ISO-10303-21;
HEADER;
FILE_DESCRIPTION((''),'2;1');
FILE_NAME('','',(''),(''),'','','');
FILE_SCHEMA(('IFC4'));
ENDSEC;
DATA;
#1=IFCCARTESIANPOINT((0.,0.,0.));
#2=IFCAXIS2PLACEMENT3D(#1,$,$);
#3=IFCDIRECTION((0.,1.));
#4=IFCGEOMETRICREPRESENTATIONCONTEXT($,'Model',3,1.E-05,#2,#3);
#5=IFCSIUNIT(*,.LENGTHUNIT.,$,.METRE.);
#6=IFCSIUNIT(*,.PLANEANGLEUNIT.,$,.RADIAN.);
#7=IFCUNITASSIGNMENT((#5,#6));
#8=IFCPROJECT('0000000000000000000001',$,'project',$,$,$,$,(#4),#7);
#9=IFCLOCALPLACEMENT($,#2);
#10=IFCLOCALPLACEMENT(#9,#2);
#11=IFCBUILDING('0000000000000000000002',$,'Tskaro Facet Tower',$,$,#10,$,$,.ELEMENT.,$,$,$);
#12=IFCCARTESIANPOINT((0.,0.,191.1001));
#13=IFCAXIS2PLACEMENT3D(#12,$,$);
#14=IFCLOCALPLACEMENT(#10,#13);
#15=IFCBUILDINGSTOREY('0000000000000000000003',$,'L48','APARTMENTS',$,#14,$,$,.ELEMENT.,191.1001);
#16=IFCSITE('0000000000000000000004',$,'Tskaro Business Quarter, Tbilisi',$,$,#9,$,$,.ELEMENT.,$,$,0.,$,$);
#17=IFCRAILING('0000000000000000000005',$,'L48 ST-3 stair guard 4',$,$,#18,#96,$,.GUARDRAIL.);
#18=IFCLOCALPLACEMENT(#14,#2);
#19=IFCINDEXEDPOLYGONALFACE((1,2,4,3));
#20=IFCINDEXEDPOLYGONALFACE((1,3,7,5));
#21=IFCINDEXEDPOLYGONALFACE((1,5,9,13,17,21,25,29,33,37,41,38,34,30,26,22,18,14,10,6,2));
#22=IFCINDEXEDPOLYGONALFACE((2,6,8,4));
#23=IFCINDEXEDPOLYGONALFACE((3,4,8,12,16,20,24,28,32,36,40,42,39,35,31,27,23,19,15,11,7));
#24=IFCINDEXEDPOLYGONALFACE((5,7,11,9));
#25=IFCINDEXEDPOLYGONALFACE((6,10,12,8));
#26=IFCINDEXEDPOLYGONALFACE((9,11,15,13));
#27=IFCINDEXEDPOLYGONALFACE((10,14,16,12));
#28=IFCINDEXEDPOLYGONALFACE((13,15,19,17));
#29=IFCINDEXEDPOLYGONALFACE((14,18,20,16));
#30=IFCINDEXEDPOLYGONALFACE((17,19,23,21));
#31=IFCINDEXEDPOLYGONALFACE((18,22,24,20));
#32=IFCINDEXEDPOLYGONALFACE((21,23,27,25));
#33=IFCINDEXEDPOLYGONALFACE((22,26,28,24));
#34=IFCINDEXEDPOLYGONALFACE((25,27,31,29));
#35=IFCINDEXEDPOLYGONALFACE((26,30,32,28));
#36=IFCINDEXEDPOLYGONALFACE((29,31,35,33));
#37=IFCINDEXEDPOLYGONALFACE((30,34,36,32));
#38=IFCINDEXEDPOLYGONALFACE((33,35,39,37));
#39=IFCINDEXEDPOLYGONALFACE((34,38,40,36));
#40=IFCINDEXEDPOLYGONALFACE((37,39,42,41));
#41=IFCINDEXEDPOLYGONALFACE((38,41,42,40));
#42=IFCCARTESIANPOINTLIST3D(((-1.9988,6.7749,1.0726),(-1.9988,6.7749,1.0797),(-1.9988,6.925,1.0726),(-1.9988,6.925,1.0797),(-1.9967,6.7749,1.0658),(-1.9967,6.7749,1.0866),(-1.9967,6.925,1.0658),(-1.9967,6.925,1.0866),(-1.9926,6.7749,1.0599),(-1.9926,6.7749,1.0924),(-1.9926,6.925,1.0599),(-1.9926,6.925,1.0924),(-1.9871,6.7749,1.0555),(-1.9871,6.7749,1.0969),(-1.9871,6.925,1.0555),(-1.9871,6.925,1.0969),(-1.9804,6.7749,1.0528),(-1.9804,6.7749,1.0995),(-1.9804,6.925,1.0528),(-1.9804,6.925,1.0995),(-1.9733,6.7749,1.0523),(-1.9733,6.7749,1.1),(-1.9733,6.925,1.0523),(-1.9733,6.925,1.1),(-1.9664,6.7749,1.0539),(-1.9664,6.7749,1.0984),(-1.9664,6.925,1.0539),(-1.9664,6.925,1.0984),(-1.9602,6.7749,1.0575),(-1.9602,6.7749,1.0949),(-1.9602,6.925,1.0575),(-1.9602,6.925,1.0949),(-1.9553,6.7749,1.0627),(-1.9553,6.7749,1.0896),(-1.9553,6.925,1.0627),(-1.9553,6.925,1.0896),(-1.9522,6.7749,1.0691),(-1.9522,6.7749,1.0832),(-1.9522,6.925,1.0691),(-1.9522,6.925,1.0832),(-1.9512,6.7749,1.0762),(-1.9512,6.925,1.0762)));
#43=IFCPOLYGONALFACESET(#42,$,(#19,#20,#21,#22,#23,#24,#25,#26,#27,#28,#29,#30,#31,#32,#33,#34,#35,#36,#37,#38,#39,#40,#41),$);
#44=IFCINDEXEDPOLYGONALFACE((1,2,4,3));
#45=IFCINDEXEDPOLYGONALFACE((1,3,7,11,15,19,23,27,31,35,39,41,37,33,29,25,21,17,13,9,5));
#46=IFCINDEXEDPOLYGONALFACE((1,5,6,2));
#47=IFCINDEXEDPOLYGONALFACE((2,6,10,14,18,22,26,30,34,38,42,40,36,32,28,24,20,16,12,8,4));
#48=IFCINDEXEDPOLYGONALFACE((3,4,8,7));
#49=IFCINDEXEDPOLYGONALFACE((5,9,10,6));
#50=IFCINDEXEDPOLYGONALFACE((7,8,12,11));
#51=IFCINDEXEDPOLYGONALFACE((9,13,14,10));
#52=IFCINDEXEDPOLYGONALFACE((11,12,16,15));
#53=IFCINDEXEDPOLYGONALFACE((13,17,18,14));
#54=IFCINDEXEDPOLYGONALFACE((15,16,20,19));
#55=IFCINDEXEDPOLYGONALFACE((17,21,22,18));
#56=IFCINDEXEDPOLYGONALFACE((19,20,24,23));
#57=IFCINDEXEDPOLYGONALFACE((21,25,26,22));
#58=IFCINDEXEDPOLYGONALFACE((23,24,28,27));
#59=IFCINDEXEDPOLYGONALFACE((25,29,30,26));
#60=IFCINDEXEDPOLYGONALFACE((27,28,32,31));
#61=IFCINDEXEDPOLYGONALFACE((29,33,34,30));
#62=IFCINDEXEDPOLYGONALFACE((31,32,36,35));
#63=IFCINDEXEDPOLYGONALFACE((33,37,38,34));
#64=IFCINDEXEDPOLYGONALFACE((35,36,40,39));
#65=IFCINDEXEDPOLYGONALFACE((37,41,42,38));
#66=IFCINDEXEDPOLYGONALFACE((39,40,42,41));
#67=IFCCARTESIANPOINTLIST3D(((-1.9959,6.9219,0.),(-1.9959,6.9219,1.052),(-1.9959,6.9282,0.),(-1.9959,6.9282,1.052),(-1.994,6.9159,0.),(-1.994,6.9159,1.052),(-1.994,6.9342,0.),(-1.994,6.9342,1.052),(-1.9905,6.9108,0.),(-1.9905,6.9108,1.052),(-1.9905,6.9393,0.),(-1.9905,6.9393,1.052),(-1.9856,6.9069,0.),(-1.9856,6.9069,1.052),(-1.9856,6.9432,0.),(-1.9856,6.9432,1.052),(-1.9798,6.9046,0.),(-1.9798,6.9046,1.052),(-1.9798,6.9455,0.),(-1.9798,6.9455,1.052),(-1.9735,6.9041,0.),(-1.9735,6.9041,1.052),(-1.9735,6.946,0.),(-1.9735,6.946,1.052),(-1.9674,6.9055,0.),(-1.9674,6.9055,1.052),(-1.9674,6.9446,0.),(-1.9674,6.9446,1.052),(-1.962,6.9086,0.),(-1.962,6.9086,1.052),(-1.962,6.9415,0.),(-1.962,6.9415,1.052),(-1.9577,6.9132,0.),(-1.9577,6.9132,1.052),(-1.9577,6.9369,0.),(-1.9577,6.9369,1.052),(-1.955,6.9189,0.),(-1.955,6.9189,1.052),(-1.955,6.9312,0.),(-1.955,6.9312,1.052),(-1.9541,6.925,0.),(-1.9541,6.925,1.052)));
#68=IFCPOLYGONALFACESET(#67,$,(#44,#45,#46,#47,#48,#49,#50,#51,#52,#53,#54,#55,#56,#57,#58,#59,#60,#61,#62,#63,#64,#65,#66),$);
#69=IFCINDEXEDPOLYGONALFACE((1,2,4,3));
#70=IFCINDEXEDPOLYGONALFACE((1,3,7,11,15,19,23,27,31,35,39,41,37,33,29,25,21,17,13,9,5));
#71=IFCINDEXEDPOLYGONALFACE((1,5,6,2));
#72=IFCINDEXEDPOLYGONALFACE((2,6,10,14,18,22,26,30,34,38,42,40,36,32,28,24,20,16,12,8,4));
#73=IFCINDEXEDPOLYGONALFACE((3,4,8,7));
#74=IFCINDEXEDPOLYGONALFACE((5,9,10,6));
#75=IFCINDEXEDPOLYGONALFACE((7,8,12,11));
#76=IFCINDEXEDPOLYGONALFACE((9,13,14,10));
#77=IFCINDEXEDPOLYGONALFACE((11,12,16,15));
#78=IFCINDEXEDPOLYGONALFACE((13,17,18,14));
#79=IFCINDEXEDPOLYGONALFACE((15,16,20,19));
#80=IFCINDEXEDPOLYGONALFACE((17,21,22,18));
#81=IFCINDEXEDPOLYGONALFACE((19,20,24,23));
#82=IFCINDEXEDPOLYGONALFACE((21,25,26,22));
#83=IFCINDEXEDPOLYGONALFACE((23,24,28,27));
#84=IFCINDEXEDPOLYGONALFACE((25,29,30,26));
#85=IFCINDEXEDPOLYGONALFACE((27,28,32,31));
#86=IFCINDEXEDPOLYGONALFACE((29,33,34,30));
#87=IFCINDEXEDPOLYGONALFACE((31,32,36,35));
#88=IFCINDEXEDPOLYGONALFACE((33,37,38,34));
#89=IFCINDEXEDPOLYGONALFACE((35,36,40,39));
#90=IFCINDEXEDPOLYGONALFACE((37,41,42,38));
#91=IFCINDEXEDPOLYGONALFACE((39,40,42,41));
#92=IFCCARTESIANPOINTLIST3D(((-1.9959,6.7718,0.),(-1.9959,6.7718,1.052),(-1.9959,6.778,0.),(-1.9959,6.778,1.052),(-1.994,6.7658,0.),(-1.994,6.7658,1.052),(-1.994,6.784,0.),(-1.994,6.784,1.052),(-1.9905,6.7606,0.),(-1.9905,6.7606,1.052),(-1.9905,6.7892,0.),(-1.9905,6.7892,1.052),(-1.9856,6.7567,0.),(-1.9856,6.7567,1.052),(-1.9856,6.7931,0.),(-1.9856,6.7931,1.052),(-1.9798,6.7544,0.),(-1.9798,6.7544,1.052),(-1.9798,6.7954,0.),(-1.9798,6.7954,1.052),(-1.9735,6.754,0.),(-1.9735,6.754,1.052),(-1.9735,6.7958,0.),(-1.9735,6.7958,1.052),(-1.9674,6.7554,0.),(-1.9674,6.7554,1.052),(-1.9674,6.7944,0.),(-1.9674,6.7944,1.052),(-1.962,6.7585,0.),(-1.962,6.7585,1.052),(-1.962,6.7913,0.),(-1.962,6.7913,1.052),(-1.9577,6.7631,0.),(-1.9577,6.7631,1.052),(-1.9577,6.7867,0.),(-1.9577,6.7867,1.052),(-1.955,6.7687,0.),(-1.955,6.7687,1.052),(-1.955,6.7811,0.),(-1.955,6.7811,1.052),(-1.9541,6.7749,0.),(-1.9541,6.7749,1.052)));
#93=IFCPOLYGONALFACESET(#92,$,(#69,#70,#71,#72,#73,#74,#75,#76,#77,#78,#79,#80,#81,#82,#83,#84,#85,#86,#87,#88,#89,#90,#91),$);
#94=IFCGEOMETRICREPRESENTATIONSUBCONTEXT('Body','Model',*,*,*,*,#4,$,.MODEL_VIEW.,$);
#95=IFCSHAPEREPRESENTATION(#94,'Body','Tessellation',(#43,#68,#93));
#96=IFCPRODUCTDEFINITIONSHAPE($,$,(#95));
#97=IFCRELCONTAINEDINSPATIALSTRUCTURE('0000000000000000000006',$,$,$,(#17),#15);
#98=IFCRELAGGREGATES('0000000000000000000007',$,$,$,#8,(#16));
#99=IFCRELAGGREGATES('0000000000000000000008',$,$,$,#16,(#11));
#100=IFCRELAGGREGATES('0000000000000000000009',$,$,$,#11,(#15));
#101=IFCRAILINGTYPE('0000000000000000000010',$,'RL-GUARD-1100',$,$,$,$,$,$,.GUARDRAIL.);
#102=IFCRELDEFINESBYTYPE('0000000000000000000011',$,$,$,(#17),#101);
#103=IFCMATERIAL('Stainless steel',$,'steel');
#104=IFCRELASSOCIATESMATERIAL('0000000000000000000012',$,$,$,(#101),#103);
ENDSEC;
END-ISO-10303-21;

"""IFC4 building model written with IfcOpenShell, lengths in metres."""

from ifc_helpers import new_model, si_unit, direction, frame, origin, origin_2d, place, context, subcontext, project, spatial, circle, extrude, material, type_object, element, save


model = new_model("IFC4")

# Units and contexts
model_context = context("Model", 3, precision=1e-05, world=origin(), true_north=direction((0.0, 1.0)))
body_context = subcontext(model_context, "Body", "Model", "MODEL_VIEW")
ifc_project = project(units=[si_unit("LENGTHUNIT", "METRE"), si_unit("PLANEANGLEUNIT", "RADIAN")], contexts=[model_context])

# Site, building, storey
site_placement = place(None, origin())
site = spatial("IfcSite", under=ifc_project, at=site_placement, Name="Tskaro Business Quarter, Tbilisi", CompositionType="ELEMENT", RefElevation=0.0)
building_placement = place(site_placement, origin())
building = spatial("IfcBuilding", under=site, at=building_placement, Name="Tskaro Facet Tower", CompositionType="ELEMENT")
storey_placement = place(building_placement, frame((0.0, 0.0, 191.1001)))
storey = spatial("IfcBuildingStorey", under=building, at=storey_placement, Name="L48", Description="APARTMENTS", CompositionType="ELEMENT", Elevation=191.1001)

# Railing
ifc_material_1 = material(Name="Stainless steel", Category="steel")
railing_type_1 = type_object("IfcRailingType", Name="RL-GUARD-1100", PredefinedType="GUARDRAIL", material=ifc_material_1)
railing_1_placement = place(storey_placement, frame((-1.9751, 6.925, 0.0)))
element("IfcRailing", 1, at=railing_1_placement, inside=storey, type_object=railing_type_1, Name="L48 ST-3 stair guard 4", PredefinedType="GUARDRAIL", context=body_context, shape_type="SweptSolid", body=[
    extrude(circle(Radius=0.0239, at=origin_2d()), frame((0.0, 0.0, 1.0762), z_axis=(0.0, -1.0, 0.0), x_axis=(1.0, 0.0, 0.0)), (0.0, 0.0, 1.0), 0.1501),
    extrude(circle(Radius=0.021, at=origin_2d()), origin(), (0.0, 0.0, 1.0), 1.052),
    extrude(circle(Radius=0.021, at=origin_2d()), frame((0.0, -0.1501, 0.0)), (0.0, 0.0, 1.0), 1.052),
])

save(model, "model.ifc")
